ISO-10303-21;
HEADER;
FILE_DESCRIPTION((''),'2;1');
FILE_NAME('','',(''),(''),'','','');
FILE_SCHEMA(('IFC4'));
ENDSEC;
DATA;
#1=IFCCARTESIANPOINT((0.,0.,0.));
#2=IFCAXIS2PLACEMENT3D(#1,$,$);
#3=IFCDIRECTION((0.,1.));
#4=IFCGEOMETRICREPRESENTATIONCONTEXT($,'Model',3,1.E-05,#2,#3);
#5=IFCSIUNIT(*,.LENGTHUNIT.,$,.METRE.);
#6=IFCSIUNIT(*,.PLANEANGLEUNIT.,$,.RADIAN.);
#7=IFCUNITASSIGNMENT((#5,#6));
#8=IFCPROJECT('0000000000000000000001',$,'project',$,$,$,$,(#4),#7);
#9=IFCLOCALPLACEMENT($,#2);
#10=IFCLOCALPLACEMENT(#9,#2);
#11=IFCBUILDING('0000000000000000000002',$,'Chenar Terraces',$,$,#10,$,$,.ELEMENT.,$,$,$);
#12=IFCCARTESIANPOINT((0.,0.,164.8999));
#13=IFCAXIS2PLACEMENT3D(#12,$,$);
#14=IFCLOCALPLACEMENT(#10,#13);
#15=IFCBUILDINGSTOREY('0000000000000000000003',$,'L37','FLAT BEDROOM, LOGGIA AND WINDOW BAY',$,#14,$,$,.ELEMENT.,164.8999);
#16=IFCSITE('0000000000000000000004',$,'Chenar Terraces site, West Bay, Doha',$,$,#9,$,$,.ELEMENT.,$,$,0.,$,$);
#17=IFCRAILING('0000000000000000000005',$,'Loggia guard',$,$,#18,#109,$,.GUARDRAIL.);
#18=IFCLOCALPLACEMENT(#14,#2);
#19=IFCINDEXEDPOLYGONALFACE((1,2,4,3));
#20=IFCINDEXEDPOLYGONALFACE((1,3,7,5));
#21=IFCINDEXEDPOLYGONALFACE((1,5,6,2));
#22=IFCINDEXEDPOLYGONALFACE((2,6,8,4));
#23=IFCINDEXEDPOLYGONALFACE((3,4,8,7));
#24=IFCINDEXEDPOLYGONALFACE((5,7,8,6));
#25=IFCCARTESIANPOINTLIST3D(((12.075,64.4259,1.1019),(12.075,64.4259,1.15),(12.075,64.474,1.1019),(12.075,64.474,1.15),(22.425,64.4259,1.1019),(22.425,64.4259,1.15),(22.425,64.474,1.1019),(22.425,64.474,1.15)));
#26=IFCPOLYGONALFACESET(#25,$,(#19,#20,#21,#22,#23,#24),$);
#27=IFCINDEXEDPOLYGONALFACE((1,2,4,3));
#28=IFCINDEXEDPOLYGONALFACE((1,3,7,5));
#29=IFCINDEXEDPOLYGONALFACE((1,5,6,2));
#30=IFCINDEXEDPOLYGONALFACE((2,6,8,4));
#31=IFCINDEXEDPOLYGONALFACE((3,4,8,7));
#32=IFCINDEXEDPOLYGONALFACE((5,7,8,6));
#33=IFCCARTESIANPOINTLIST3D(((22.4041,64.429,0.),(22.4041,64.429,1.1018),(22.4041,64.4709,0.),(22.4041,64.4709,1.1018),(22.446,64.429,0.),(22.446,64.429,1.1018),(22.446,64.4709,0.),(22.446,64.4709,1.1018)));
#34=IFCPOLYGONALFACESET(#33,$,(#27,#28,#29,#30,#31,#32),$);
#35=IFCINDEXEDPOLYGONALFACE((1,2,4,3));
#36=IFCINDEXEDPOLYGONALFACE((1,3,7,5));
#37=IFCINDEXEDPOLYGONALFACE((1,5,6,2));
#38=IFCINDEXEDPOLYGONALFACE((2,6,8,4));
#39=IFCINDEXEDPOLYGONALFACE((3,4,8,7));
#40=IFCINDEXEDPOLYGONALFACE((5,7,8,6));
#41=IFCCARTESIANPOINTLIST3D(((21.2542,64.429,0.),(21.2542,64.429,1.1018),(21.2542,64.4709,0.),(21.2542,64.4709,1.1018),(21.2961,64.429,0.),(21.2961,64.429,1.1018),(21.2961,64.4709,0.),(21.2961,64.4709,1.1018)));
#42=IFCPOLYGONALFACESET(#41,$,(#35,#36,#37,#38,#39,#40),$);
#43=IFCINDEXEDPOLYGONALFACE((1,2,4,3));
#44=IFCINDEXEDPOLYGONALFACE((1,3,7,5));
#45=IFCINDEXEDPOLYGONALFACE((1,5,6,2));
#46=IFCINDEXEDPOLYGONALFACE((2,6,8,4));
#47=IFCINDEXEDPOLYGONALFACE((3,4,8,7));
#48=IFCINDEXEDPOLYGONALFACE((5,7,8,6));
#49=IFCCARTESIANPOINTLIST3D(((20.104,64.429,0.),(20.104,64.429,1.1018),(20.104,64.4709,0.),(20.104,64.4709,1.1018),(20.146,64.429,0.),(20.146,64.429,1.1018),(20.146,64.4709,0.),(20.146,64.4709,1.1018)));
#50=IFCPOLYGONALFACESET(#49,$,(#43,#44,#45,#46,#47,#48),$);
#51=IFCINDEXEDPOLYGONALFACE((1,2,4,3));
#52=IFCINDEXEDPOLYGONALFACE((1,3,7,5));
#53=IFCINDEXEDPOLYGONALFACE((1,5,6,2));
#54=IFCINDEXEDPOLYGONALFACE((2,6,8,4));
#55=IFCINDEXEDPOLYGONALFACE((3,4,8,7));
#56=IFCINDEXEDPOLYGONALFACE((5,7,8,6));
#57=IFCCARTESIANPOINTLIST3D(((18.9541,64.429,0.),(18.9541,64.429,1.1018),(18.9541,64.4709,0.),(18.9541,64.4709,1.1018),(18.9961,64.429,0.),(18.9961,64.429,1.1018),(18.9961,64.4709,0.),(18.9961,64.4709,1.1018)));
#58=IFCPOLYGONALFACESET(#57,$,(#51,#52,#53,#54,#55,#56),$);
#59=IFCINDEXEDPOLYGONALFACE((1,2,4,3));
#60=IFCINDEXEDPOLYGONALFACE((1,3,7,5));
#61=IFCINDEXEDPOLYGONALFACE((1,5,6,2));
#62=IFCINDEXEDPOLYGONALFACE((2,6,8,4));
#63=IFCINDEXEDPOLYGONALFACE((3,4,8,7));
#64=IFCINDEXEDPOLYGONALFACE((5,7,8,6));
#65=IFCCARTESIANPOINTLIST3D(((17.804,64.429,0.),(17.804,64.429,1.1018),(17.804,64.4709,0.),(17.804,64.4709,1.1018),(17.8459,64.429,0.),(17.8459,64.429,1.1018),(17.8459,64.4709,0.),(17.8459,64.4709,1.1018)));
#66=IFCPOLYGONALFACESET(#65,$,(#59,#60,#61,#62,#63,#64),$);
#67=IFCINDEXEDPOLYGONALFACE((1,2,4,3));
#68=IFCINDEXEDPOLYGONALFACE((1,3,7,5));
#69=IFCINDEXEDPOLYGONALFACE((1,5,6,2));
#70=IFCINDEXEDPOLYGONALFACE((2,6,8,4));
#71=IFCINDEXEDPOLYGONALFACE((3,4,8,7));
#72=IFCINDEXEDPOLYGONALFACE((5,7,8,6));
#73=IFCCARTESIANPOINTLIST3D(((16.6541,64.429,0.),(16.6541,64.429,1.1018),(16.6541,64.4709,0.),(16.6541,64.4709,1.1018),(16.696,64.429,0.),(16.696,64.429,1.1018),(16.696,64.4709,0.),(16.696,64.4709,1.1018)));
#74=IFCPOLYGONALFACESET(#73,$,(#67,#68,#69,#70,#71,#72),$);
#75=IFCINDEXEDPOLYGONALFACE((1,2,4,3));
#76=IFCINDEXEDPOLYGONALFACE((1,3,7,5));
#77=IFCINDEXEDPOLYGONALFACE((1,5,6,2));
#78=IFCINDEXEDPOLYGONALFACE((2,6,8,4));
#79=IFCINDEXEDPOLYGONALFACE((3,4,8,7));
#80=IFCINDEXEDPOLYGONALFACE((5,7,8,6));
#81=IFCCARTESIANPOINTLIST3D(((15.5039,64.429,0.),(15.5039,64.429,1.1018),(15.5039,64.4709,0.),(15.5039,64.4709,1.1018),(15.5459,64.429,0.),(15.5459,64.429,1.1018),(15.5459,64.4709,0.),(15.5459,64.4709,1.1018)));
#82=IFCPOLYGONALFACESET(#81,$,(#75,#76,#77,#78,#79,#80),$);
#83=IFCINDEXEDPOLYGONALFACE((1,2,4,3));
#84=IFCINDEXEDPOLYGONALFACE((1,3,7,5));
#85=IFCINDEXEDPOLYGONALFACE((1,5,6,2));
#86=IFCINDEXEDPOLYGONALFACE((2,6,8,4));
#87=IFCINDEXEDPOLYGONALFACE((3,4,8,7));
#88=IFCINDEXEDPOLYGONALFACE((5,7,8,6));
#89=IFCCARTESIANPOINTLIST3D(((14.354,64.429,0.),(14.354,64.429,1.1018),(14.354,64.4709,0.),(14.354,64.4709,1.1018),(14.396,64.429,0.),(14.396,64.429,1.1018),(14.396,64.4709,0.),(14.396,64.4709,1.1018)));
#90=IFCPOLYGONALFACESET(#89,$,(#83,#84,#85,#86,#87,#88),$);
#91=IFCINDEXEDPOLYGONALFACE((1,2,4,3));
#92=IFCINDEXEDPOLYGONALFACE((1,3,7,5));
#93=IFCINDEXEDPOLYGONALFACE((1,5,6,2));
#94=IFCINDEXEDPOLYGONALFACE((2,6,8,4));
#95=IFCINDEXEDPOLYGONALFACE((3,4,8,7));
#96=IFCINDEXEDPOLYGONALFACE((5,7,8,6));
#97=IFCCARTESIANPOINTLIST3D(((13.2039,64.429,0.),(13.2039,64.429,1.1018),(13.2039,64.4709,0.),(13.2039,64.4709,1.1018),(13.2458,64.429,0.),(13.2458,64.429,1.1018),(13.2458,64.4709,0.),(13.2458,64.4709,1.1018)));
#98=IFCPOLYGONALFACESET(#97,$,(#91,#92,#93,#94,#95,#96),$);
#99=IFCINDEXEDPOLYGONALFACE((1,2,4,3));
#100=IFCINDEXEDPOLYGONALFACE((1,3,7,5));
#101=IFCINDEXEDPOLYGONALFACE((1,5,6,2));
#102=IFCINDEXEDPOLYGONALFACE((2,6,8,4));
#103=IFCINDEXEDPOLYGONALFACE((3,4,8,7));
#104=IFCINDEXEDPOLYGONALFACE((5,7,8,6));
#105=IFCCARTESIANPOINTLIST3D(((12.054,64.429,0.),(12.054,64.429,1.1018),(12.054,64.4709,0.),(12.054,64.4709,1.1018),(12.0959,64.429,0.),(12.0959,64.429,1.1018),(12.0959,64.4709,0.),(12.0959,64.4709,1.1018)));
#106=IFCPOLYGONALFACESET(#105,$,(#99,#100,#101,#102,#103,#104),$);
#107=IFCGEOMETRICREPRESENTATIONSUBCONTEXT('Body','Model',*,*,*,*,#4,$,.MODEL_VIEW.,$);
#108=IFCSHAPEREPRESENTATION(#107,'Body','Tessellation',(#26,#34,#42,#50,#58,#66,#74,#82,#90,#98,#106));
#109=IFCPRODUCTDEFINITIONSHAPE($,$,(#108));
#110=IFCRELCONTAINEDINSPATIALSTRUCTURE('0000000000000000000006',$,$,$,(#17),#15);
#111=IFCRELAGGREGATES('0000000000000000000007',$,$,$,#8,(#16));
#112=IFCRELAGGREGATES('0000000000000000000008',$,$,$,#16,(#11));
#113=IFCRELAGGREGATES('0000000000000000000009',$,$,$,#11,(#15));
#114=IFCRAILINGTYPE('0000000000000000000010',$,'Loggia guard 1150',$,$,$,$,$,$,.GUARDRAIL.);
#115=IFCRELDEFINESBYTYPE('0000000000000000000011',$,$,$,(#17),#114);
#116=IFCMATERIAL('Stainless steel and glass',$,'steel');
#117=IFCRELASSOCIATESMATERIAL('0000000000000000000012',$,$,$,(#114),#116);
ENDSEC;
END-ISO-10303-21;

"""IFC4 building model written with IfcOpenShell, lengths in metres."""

from ifc_helpers import new_model, si_unit, direction, frame, origin, origin_2d, place, context, subcontext, project, spatial, rectangle, extrude, material, type_object, element, save


model = new_model("IFC4")

# Units and contexts
model_context = context("Model", 3, precision=1e-05, world=origin(), true_north=direction((0.0, 1.0)))
body_context = subcontext(model_context, "Body", "Model", "MODEL_VIEW")
ifc_project = project(units=[si_unit("LENGTHUNIT", "METRE"), si_unit("PLANEANGLEUNIT", "RADIAN")], contexts=[model_context])

# Site, building, storey
site_placement = place(None, origin())
site = spatial("IfcSite", under=ifc_project, at=site_placement, Name="Chenar Terraces site, West Bay, Doha", CompositionType="ELEMENT", RefElevation=0.0)
building_placement = place(site_placement, origin())
building = spatial("IfcBuilding", under=site, at=building_placement, Name="Chenar Terraces", CompositionType="ELEMENT")
storey_placement = place(building_placement, frame((0.0, 0.0, 164.8999)))
storey = spatial("IfcBuildingStorey", under=building, at=storey_placement, Name="L37", Description="FLAT BEDROOM, LOGGIA AND WINDOW BAY", CompositionType="ELEMENT", Elevation=164.8999)

# Railing
ifc_material_1 = material(Name="Stainless steel and glass", Category="steel")
railing_type_1 = type_object("IfcRailingType", Name="Loggia guard 1150", PredefinedType="GUARDRAIL", material=ifc_material_1)
railing_1_placement = place(storey_placement, frame((22.425, 64.45, 0.0)))
element("IfcRailing", 1, at=railing_1_placement, inside=storey, type_object=railing_type_1, Name="Loggia guard", PredefinedType="GUARDRAIL", context=body_context, shape_type="SweptSolid", body=[
    extrude(rectangle(XDim=0.0481, YDim=0.0481, at=origin_2d()), frame((0.0, 0.0, 1.126), z_axis=(-1.0, 0.0, 0.0), x_axis=(0.0, -1.0, 0.0)), (0.0, 0.0, 1.0), 10.3501),
    extrude(rectangle(XDim=0.042, YDim=0.042, at=origin_2d()), origin(), (0.0, 0.0, 1.0), 1.1018),
    extrude(rectangle(XDim=0.042, YDim=0.042, at=origin_2d()), frame((-1.1499, 0.0, 0.0)), (0.0, 0.0, 1.0), 1.1018),
    extrude(rectangle(XDim=0.042, YDim=0.042, at=origin_2d()), frame((-2.3, 0.0, 0.0)), (0.0, 0.0, 1.0), 1.1018),
    extrude(rectangle(XDim=0.042, YDim=0.042, at=origin_2d()), frame((-3.45, 0.0, 0.0)), (0.0, 0.0, 1.0), 1.1018),
    extrude(rectangle(XDim=0.042, YDim=0.042, at=origin_2d()), frame((-4.6001, 0.0, 0.0)), (0.0, 0.0, 1.0), 1.1018),
    extrude(rectangle(XDim=0.042, YDim=0.042, at=origin_2d()), frame((-5.75, 0.0, 0.0)), (0.0, 0.0, 1.0), 1.1018),
    extrude(rectangle(XDim=0.042, YDim=0.042, at=origin_2d()), frame((-6.9001, 0.0, 0.0)), (0.0, 0.0, 1.0), 1.1018),
    extrude(rectangle(XDim=0.042, YDim=0.042, at=origin_2d()), frame((-8.05, 0.0, 0.0)), (0.0, 0.0, 1.0), 1.1018),
    extrude(rectangle(XDim=0.042, YDim=0.042, at=origin_2d()), frame((-9.2002, 0.0, 0.0)), (0.0, 0.0, 1.0), 1.1018),
    extrude(rectangle(XDim=0.042, YDim=0.042, at=origin_2d()), frame((-10.3501, 0.0, 0.0)), (0.0, 0.0, 1.0), 1.1018),
])

save(model, "model.ifc")
